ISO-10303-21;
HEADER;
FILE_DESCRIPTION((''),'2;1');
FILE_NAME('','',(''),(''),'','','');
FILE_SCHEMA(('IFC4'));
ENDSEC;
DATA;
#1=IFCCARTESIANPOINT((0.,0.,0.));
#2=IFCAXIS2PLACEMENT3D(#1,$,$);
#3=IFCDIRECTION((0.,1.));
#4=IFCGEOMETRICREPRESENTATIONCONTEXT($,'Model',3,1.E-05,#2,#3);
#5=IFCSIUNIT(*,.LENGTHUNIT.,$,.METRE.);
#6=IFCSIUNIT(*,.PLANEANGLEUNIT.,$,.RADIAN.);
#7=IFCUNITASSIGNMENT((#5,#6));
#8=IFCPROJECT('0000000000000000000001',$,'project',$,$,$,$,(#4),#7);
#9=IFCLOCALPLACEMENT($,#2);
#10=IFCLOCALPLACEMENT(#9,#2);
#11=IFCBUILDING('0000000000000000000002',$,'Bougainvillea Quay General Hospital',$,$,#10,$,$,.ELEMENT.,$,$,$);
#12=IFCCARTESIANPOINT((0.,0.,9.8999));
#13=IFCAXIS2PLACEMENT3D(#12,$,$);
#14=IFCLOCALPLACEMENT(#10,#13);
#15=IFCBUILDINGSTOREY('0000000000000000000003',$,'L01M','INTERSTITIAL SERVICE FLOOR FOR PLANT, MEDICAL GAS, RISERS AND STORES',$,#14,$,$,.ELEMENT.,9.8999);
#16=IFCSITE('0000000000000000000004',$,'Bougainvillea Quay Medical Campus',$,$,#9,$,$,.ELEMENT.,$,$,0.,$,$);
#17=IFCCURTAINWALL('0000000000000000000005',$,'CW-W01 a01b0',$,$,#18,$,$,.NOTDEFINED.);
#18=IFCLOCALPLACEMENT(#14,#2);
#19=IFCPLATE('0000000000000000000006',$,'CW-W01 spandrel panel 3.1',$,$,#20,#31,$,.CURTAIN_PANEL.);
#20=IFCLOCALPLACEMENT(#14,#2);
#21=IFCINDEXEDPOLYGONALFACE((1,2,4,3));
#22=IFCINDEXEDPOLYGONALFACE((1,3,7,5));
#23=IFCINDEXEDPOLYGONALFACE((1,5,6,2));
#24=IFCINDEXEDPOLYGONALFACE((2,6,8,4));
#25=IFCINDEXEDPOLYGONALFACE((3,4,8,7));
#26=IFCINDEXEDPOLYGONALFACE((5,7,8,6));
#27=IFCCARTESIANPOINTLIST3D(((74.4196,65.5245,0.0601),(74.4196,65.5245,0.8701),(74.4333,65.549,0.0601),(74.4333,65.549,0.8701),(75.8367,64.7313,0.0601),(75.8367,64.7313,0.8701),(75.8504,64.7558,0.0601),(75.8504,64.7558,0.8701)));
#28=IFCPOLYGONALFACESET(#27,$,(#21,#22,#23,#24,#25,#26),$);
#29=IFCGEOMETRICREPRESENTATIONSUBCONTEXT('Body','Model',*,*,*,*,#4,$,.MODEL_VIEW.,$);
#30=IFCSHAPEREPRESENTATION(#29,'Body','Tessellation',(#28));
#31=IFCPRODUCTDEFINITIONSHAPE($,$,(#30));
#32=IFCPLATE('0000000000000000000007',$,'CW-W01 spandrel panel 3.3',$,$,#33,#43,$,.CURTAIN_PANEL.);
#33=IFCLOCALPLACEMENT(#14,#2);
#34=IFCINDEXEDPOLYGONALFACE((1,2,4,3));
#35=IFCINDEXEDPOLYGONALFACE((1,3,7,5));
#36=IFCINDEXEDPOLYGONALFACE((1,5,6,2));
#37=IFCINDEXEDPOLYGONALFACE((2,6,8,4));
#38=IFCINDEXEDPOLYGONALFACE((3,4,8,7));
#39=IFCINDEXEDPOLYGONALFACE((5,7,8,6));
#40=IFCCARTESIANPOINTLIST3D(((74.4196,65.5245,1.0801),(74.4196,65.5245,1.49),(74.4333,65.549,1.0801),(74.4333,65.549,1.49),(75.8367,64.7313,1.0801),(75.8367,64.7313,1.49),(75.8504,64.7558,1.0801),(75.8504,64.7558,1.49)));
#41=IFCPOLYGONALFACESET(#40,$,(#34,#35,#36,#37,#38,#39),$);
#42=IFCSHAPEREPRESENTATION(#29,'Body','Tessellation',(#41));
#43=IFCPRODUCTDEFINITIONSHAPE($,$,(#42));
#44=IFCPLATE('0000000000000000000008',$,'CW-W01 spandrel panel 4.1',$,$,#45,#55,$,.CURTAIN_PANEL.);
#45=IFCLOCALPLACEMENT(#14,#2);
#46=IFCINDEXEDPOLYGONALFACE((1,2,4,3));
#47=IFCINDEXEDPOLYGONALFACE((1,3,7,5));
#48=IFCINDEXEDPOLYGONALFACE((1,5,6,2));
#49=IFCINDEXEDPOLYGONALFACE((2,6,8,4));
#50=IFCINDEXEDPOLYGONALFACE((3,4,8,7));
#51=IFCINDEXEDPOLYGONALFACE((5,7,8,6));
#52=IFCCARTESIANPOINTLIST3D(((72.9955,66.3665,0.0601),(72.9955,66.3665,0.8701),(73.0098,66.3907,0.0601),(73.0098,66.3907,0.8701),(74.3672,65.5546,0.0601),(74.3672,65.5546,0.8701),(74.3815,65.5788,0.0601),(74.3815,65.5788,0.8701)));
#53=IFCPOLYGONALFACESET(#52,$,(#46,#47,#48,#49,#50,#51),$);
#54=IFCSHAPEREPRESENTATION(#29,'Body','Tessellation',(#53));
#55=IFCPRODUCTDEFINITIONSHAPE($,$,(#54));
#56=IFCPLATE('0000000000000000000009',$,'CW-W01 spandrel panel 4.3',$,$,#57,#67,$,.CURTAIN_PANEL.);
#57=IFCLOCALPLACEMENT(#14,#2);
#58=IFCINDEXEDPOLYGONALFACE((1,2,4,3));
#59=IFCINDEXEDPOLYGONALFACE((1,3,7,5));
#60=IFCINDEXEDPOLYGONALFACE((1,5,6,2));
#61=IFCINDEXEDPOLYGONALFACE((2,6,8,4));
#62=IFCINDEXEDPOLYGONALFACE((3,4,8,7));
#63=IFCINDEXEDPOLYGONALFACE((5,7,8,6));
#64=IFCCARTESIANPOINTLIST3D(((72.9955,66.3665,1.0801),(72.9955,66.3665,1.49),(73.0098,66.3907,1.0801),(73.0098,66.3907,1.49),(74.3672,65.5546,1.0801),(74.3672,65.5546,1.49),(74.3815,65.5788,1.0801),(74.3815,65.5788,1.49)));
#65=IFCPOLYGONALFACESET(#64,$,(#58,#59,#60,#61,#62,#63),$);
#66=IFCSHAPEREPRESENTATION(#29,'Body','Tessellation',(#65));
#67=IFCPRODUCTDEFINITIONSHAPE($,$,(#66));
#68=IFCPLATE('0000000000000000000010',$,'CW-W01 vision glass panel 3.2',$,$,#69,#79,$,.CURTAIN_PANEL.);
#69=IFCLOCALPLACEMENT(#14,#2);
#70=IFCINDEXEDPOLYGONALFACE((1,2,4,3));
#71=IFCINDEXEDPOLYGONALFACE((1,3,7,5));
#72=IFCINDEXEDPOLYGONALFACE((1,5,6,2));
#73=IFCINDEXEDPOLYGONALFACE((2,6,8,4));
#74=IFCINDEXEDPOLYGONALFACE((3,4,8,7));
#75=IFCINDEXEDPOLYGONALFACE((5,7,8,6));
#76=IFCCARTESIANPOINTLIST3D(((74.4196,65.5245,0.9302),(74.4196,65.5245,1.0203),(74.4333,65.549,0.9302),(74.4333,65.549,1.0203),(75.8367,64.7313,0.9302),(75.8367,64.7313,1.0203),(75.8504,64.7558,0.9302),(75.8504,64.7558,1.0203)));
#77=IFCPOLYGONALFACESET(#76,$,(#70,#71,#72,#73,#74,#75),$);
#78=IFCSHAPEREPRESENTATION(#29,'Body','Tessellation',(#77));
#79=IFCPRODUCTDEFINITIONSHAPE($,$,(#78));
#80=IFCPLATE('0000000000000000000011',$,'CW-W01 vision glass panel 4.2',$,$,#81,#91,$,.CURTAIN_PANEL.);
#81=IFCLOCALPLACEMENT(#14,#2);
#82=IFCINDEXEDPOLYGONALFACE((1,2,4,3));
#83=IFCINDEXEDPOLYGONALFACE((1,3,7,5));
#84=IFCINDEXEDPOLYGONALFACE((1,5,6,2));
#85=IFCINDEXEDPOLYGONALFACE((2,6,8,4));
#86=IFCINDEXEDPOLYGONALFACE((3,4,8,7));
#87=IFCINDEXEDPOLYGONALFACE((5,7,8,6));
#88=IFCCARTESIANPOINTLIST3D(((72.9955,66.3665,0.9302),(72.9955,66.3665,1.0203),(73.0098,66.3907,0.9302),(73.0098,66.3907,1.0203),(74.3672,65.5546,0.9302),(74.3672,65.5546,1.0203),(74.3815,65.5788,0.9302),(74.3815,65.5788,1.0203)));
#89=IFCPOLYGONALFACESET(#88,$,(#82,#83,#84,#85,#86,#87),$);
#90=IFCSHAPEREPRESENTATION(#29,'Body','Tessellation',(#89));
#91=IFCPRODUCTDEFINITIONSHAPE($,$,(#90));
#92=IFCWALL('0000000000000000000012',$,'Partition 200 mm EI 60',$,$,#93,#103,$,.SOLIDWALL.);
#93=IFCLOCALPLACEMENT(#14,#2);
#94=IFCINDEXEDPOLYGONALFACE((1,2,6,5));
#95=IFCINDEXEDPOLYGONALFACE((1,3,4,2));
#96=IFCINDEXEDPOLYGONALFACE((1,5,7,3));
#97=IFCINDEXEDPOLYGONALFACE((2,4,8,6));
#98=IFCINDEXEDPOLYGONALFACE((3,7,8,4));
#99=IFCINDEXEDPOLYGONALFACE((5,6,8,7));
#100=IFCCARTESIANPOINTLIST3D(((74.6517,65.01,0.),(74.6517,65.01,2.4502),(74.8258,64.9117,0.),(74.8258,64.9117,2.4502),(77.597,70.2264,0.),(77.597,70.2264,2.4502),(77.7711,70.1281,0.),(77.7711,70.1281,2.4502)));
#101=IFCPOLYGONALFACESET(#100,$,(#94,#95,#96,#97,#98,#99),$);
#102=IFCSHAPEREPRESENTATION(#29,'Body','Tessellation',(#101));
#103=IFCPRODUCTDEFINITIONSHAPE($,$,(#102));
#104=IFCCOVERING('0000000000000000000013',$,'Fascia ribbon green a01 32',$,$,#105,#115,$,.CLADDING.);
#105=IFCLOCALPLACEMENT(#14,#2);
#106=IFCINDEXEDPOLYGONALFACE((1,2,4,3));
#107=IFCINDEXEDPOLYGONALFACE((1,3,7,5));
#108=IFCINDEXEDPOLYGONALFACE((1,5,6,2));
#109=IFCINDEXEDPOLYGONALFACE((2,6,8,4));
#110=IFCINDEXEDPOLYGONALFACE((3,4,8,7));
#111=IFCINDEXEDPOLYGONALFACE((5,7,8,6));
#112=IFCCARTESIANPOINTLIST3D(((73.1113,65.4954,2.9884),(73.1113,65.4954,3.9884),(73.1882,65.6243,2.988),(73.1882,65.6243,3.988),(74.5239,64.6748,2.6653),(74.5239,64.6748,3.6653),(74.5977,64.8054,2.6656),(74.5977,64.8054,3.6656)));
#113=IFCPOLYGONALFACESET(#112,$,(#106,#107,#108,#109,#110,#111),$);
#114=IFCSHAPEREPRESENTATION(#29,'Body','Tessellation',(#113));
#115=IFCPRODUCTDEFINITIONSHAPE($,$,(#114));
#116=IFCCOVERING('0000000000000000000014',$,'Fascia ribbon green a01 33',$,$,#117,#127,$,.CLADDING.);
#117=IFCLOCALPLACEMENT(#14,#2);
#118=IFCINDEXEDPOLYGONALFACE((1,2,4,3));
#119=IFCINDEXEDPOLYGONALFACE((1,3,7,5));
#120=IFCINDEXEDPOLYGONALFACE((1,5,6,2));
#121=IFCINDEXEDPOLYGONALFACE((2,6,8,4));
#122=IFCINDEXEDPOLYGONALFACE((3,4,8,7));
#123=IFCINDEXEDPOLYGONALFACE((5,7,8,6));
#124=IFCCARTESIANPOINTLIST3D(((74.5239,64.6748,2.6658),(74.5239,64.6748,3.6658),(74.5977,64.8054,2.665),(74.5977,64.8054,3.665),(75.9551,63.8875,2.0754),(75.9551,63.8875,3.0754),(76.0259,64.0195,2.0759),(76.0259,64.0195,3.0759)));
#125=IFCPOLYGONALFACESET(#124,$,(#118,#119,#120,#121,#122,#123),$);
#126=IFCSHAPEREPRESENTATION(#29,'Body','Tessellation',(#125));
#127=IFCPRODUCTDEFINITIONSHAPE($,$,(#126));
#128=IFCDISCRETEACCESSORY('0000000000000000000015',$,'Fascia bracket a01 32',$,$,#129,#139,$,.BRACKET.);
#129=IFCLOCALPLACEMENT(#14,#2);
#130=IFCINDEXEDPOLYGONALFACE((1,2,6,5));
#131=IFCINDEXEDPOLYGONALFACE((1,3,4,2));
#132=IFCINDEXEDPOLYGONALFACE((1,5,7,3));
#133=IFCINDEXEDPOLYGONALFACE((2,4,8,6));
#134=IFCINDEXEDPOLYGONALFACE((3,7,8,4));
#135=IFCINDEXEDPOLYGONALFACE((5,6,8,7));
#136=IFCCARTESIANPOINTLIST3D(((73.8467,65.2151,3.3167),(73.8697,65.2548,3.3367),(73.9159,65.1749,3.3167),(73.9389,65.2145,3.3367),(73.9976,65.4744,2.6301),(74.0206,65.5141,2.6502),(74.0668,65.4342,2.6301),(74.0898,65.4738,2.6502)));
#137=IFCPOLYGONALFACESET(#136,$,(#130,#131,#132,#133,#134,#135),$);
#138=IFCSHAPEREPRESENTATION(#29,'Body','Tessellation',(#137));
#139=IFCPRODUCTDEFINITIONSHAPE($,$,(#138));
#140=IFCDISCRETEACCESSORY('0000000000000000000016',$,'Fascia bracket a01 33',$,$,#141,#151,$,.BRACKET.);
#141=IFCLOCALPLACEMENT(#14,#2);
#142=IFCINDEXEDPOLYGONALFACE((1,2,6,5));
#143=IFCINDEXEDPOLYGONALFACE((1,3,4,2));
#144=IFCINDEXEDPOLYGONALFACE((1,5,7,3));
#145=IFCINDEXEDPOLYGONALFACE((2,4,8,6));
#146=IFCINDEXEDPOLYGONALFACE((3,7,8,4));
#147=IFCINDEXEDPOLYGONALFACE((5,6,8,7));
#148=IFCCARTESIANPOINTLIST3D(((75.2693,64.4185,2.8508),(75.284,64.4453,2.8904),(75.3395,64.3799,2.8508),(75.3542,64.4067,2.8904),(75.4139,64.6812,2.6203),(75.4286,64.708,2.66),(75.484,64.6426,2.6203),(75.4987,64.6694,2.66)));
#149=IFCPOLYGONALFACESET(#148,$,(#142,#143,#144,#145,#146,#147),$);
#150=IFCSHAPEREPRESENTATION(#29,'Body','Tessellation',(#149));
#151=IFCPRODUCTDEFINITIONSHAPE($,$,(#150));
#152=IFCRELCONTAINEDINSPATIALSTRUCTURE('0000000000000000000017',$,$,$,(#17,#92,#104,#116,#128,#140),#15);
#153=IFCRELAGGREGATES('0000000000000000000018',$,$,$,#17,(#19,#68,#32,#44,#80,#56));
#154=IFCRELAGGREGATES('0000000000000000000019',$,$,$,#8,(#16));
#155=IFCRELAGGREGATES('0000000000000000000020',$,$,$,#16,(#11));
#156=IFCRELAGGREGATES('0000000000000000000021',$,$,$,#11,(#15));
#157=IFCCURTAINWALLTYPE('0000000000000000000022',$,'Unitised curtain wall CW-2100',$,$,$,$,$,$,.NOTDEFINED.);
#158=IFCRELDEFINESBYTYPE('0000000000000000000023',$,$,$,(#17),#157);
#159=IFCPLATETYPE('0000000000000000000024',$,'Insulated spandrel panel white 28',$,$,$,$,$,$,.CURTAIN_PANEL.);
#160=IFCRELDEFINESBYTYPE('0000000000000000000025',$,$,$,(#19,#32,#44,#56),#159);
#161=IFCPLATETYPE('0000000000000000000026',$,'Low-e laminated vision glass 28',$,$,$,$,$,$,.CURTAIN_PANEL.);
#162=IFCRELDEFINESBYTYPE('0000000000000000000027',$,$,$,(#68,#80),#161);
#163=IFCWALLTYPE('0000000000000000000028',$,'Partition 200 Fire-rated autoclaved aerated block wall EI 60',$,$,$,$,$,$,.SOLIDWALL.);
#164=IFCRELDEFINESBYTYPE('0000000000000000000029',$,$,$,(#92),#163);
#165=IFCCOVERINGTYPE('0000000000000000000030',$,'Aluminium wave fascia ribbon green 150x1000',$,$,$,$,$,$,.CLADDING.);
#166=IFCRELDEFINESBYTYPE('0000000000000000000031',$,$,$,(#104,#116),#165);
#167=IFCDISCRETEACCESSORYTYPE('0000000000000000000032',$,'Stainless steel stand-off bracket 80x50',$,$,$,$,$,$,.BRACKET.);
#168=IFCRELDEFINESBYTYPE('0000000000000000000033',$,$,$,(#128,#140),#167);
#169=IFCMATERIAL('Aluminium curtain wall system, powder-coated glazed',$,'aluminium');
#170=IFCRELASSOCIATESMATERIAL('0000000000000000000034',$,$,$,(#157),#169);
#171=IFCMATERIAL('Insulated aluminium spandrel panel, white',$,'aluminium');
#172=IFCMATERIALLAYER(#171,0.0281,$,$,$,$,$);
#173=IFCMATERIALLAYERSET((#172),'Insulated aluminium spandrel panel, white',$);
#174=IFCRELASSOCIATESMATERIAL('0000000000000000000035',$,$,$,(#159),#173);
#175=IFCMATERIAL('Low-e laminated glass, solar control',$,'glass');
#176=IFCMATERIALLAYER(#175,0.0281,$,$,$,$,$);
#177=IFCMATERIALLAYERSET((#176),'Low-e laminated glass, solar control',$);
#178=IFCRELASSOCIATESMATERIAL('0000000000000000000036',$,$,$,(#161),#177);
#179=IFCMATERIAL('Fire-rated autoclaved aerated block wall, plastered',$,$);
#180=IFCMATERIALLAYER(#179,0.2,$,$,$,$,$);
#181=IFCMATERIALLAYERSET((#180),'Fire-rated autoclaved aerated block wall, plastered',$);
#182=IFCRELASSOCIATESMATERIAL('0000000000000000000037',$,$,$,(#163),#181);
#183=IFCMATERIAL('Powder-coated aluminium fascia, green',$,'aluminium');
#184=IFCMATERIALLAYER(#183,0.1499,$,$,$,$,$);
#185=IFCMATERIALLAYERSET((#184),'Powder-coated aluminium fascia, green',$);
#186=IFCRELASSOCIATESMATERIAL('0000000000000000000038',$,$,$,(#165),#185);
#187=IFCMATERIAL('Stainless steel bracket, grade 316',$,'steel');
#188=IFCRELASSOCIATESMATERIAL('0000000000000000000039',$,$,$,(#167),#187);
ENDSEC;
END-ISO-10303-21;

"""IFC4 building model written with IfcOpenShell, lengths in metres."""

from ifc_helpers import new_model, si_unit, direction, frame, frame_2d, origin, origin_2d, place, context, subcontext, project, spatial, polyline, rectangle, outline, extrude, material, layer, layer_set, material_profile, profile_set, type_object, element, aggregate, save


model = new_model("IFC4")

# Units and contexts
model_context = context("Model", 3, precision=1e-05, world=origin(), true_north=direction((0.0, 1.0)))
body_context = subcontext(model_context, "Body", "Model", "MODEL_VIEW")
ifc_project = project(units=[si_unit("LENGTHUNIT", "METRE"), si_unit("PLANEANGLEUNIT", "RADIAN")], contexts=[model_context])

# Site, building, storey
site_placement = place(None, origin())
site = spatial("IfcSite", under=ifc_project, at=site_placement, Name="Bougainvillea Quay Medical Campus", CompositionType="ELEMENT", RefElevation=0.0)
building_placement = place(site_placement, origin())
building = spatial("IfcBuilding", under=site, at=building_placement, Name="Bougainvillea Quay General Hospital", CompositionType="ELEMENT")
storey_placement = place(building_placement, frame((0.0, 0.0, 9.8999)))
storey = spatial("IfcBuildingStorey", under=building, at=storey_placement, Name="L01M", Description="INTERSTITIAL SERVICE FLOOR FOR PLANT, MEDICAL GAS, RISERS AND STORES", CompositionType="ELEMENT", Elevation=9.8999)

# Curtain wall
ifc_material_1 = material(Name="Aluminium curtain wall system, powder-coated glazed", Category="aluminium")
curtain_wall_type = type_object("IfcCurtainWallType", Name="Unitised curtain wall CW-2100", PredefinedType="NOTDEFINED", material=ifc_material_1)
curtain_wall_1_placement = place(storey_placement, origin())
curtain_wall_1 = element("IfcCurtainWall", 1, at=curtain_wall_1_placement, inside=storey, type_object=curtain_wall_type, Name="CW-W01 a01b0", PredefinedType="NOTDEFINED")

# Plates
ifc_material_2 = material(Name="Insulated aluminium spandrel panel, white", Category="aluminium")
ifc_layer_1 = layer(ifc_material_2, 0.0281)
ifc_layer_set_1 = layer_set([ifc_layer_1], Name="Insulated aluminium spandrel panel, white")
plate_type_1 = type_object("IfcPlateType", Name="Insulated spandrel panel white 28", PredefinedType="CURTAIN_PANEL", material=ifc_layer_set_1)
plate_1_placement = place(storey_placement, frame((75.135, 65.1401, 0.0601), z_axis=(0.0, 0.0, 1.0), x_axis=(-0.872608, 0.488422, 0.0)))
plate_1 = element("IfcPlate", 2, at=plate_1_placement, type_object=plate_type_1, Name="CW-W01 spandrel panel 3.1", PredefinedType="CURTAIN_PANEL", context=body_context, shape_type="SweptSolid", body=[
    extrude(rectangle(XDim=1.624, YDim=0.0281, at=origin_2d()), origin(), (0.0, 0.0, 1.0), 0.8101),
])
plate_2_placement = place(storey_placement, frame((75.135, 65.1401, 1.0801), z_axis=(0.0, 0.0, 1.0), x_axis=(-0.872608, 0.488422, 0.0)))
plate_2 = element("IfcPlate", 3, at=plate_2_placement, type_object=plate_type_1, Name="CW-W01 spandrel panel 3.3", PredefinedType="CURTAIN_PANEL", context=body_context, shape_type="SweptSolid", body=[
    extrude(rectangle(XDim=1.624, YDim=0.0281, at=origin_2d()), origin(), (0.0, 0.0, 1.0), 0.4099),
])
plate_3_placement = place(storey_placement, frame((73.6885, 65.9727, 0.0601), z_axis=(0.0, 0.0, 1.0), x_axis=(-0.860562, 0.509346, 0.0)))
plate_3 = element("IfcPlate", 4, at=plate_3_placement, type_object=plate_type_1, Name="CW-W01 spandrel panel 4.1", PredefinedType="CURTAIN_PANEL", context=body_context, shape_type="SweptSolid", body=[
    extrude(rectangle(XDim=1.594, YDim=0.0281, at=origin_2d()), origin(), (0.0, 0.0, 1.0), 0.8101),
])
plate_4_placement = place(storey_placement, frame((73.6885, 65.9727, 1.0801), z_axis=(0.0, 0.0, 1.0), x_axis=(-0.860562, 0.509346, 0.0)))
plate_4 = element("IfcPlate", 5, at=plate_4_placement, type_object=plate_type_1, Name="CW-W01 spandrel panel 4.3", PredefinedType="CURTAIN_PANEL", context=body_context, shape_type="SweptSolid", body=[
    extrude(rectangle(XDim=1.594, YDim=0.0281, at=origin_2d()), origin(), (0.0, 0.0, 1.0), 0.4099),
])
ifc_material_3 = material(Name="Low-e laminated glass, solar control", Category="glass")
ifc_layer_2 = layer(ifc_material_3, 0.0281)
ifc_layer_set_2 = layer_set([ifc_layer_2], Name="Low-e laminated glass, solar control")
plate_type_2 = type_object("IfcPlateType", Name="Low-e laminated vision glass 28", PredefinedType="CURTAIN_PANEL", material=ifc_layer_set_2)
plate_5_placement = place(storey_placement, frame((75.135, 65.1401, 0.9302), z_axis=(0.0, 0.0, 1.0), x_axis=(-0.872608, 0.488422, 0.0)))
plate_5 = element("IfcPlate", 6, at=plate_5_placement, type_object=plate_type_2, Name="CW-W01 vision glass panel 3.2", PredefinedType="CURTAIN_PANEL", context=body_context, shape_type="SweptSolid", body=[
    extrude(rectangle(XDim=1.624, YDim=0.0281, at=origin_2d()), origin(), (0.0, 0.0, 1.0), 0.0901),
])
plate_6_placement = place(storey_placement, frame((73.6885, 65.9727, 0.9302), z_axis=(0.0, 0.0, 1.0), x_axis=(-0.860562, 0.509346, 0.0)))
plate_6 = element("IfcPlate", 7, at=plate_6_placement, type_object=plate_type_2, Name="CW-W01 vision glass panel 4.2", PredefinedType="CURTAIN_PANEL", context=body_context, shape_type="SweptSolid", body=[
    extrude(rectangle(XDim=1.594, YDim=0.0281, at=origin_2d()), origin(), (0.0, 0.0, 1.0), 0.0901),
])
aggregate(curtain_wall_1, [plate_1, plate_5, plate_2, plate_3, plate_6, plate_4])

# Wall
ifc_material_4 = material(Name="Fire-rated autoclaved aerated block wall, plastered")
ifc_layer_3 = layer(ifc_material_4, 0.2)
ifc_layer_set_3 = layer_set([ifc_layer_3], Name="Fire-rated autoclaved aerated block wall, plastered")
wall_type = type_object("IfcWallType", Name="Partition 200 Fire-rated autoclaved aerated block wall EI 60", PredefinedType="SOLIDWALL", material=ifc_layer_set_3)
wall_placement = place(storey_placement, frame((74.7388, 64.9609, 0.0), z_axis=(0.0, 0.0, 1.0), x_axis=(0.491673, 0.87078, 0.0)))
element("IfcWall", 8, at=wall_placement, inside=storey, type_object=wall_type, Name="Partition 200 mm EI 60", PredefinedType="SOLIDWALL", context=body_context, shape_type="SweptSolid", body=[
    extrude(rectangle(XDim=5.9905, YDim=0.2, at=frame_2d((2.9951, 0.0))), origin(), (0.0, 0.0, 1.0), 2.4502),
])

# Coverings
ifc_material_5 = material(Name="Powder-coated aluminium fascia, green", Category="aluminium")
ifc_layer_4 = layer(ifc_material_5, 0.1499)
ifc_layer_set_4 = layer_set([ifc_layer_4], Name="Powder-coated aluminium fascia, green")
covering_type = type_object("IfcCoveringType", Name="Aluminium wave fascia ribbon green 150x1000", PredefinedType="CLADDING", material=ifc_layer_set_4)
covering_1_placement = place(storey_placement, frame((73.1882, 65.6243, 2.988), z_axis=(0.167809, -0.097402, 0.980996), x_axis=(0.848231, -0.492806, -0.194028)))
element("IfcCovering", 9, at=covering_1_placement, inside=storey, type_object=covering_type, Name="Fascia ribbon green a01 32", PredefinedType="CLADDING", context=body_context, shape_type="SweptSolid", body=[
    extrude(outline(polyline([(0.0, 0.0), (1.6616, 0.0), (1.6635, -0.15), (-0.0018, -0.1501), (0.0, 0.0)])), origin(), (-0.194028, -0.000078, 0.980996), 1.0),
])
covering_2_placement = place(storey_placement, frame((74.5977, 64.8054, 2.665), z_axis=(0.298153, -0.163165, 0.940469), x_axis=(0.823965, -0.453392, -0.339879)))
element("IfcCovering", 10, at=covering_2_placement, inside=storey, type_object=covering_type, Name="Fascia ribbon green a01 33", PredefinedType="CLADDING", context=body_context, shape_type="SweptSolid", body=[
    extrude(outline(polyline([(0.0, 0.0), (1.7333, 0.0), (1.7351, -0.1499), (-0.0018, -0.15), (0.0, 0.0)])), origin(), (-0.339879, -0.000738, 0.940469), 1.0),
])

# Discrete accessories
ifc_material_6 = material(Name="Stainless steel bracket, grade 316", Category="steel")
ifc_material_profile_1 = material_profile(ifc_material_6, rectangle(XDim=0.0801, YDim=0.05, at=origin_2d()))
ifc_profile_set_1 = profile_set([ifc_material_profile_1], Name="Stainless steel bracket, grade 316")
discrete_accessory_type = type_object("IfcDiscreteAccessoryType", Name="Stainless steel stand-off bracket 80x50", PredefinedType="BRACKET", material=ifc_profile_set_1)
discrete_accessory_1_placement = place(storey_placement, frame((74.0437, 65.4741, 2.6401), z_axis=(-0.201386, -0.346071, 0.91634), x_axis=(0.86431, -0.50296, 0.0)))
element("IfcDiscreteAccessory", 11, at=discrete_accessory_1_placement, inside=storey, type_object=discrete_accessory_type, Name="Fascia bracket a01 32", PredefinedType="BRACKET", context=body_context, shape_type="SweptSolid", body=[
    extrude(rectangle(XDim=0.0801, YDim=0.05, at=origin_2d()), origin(), (0.0, 0.0, 1.0), 0.7493),
])
discrete_accessory_2_placement = place(storey_placement, frame((75.4563, 64.6753, 2.6401), z_axis=(-0.382184, -0.694645, 0.609429), x_axis=(0.876147, -0.482044, 0.0)))
element("IfcDiscreteAccessory", 12, at=discrete_accessory_2_placement, inside=storey, type_object=discrete_accessory_type, Name="Fascia bracket a01 33", PredefinedType="BRACKET", context=body_context, shape_type="SweptSolid", body=[
    extrude(rectangle(XDim=0.0801, YDim=0.05, at=origin_2d()), origin(), (0.0, 0.0, 1.0), 0.3782),
])

save(model, "model.ifc")
